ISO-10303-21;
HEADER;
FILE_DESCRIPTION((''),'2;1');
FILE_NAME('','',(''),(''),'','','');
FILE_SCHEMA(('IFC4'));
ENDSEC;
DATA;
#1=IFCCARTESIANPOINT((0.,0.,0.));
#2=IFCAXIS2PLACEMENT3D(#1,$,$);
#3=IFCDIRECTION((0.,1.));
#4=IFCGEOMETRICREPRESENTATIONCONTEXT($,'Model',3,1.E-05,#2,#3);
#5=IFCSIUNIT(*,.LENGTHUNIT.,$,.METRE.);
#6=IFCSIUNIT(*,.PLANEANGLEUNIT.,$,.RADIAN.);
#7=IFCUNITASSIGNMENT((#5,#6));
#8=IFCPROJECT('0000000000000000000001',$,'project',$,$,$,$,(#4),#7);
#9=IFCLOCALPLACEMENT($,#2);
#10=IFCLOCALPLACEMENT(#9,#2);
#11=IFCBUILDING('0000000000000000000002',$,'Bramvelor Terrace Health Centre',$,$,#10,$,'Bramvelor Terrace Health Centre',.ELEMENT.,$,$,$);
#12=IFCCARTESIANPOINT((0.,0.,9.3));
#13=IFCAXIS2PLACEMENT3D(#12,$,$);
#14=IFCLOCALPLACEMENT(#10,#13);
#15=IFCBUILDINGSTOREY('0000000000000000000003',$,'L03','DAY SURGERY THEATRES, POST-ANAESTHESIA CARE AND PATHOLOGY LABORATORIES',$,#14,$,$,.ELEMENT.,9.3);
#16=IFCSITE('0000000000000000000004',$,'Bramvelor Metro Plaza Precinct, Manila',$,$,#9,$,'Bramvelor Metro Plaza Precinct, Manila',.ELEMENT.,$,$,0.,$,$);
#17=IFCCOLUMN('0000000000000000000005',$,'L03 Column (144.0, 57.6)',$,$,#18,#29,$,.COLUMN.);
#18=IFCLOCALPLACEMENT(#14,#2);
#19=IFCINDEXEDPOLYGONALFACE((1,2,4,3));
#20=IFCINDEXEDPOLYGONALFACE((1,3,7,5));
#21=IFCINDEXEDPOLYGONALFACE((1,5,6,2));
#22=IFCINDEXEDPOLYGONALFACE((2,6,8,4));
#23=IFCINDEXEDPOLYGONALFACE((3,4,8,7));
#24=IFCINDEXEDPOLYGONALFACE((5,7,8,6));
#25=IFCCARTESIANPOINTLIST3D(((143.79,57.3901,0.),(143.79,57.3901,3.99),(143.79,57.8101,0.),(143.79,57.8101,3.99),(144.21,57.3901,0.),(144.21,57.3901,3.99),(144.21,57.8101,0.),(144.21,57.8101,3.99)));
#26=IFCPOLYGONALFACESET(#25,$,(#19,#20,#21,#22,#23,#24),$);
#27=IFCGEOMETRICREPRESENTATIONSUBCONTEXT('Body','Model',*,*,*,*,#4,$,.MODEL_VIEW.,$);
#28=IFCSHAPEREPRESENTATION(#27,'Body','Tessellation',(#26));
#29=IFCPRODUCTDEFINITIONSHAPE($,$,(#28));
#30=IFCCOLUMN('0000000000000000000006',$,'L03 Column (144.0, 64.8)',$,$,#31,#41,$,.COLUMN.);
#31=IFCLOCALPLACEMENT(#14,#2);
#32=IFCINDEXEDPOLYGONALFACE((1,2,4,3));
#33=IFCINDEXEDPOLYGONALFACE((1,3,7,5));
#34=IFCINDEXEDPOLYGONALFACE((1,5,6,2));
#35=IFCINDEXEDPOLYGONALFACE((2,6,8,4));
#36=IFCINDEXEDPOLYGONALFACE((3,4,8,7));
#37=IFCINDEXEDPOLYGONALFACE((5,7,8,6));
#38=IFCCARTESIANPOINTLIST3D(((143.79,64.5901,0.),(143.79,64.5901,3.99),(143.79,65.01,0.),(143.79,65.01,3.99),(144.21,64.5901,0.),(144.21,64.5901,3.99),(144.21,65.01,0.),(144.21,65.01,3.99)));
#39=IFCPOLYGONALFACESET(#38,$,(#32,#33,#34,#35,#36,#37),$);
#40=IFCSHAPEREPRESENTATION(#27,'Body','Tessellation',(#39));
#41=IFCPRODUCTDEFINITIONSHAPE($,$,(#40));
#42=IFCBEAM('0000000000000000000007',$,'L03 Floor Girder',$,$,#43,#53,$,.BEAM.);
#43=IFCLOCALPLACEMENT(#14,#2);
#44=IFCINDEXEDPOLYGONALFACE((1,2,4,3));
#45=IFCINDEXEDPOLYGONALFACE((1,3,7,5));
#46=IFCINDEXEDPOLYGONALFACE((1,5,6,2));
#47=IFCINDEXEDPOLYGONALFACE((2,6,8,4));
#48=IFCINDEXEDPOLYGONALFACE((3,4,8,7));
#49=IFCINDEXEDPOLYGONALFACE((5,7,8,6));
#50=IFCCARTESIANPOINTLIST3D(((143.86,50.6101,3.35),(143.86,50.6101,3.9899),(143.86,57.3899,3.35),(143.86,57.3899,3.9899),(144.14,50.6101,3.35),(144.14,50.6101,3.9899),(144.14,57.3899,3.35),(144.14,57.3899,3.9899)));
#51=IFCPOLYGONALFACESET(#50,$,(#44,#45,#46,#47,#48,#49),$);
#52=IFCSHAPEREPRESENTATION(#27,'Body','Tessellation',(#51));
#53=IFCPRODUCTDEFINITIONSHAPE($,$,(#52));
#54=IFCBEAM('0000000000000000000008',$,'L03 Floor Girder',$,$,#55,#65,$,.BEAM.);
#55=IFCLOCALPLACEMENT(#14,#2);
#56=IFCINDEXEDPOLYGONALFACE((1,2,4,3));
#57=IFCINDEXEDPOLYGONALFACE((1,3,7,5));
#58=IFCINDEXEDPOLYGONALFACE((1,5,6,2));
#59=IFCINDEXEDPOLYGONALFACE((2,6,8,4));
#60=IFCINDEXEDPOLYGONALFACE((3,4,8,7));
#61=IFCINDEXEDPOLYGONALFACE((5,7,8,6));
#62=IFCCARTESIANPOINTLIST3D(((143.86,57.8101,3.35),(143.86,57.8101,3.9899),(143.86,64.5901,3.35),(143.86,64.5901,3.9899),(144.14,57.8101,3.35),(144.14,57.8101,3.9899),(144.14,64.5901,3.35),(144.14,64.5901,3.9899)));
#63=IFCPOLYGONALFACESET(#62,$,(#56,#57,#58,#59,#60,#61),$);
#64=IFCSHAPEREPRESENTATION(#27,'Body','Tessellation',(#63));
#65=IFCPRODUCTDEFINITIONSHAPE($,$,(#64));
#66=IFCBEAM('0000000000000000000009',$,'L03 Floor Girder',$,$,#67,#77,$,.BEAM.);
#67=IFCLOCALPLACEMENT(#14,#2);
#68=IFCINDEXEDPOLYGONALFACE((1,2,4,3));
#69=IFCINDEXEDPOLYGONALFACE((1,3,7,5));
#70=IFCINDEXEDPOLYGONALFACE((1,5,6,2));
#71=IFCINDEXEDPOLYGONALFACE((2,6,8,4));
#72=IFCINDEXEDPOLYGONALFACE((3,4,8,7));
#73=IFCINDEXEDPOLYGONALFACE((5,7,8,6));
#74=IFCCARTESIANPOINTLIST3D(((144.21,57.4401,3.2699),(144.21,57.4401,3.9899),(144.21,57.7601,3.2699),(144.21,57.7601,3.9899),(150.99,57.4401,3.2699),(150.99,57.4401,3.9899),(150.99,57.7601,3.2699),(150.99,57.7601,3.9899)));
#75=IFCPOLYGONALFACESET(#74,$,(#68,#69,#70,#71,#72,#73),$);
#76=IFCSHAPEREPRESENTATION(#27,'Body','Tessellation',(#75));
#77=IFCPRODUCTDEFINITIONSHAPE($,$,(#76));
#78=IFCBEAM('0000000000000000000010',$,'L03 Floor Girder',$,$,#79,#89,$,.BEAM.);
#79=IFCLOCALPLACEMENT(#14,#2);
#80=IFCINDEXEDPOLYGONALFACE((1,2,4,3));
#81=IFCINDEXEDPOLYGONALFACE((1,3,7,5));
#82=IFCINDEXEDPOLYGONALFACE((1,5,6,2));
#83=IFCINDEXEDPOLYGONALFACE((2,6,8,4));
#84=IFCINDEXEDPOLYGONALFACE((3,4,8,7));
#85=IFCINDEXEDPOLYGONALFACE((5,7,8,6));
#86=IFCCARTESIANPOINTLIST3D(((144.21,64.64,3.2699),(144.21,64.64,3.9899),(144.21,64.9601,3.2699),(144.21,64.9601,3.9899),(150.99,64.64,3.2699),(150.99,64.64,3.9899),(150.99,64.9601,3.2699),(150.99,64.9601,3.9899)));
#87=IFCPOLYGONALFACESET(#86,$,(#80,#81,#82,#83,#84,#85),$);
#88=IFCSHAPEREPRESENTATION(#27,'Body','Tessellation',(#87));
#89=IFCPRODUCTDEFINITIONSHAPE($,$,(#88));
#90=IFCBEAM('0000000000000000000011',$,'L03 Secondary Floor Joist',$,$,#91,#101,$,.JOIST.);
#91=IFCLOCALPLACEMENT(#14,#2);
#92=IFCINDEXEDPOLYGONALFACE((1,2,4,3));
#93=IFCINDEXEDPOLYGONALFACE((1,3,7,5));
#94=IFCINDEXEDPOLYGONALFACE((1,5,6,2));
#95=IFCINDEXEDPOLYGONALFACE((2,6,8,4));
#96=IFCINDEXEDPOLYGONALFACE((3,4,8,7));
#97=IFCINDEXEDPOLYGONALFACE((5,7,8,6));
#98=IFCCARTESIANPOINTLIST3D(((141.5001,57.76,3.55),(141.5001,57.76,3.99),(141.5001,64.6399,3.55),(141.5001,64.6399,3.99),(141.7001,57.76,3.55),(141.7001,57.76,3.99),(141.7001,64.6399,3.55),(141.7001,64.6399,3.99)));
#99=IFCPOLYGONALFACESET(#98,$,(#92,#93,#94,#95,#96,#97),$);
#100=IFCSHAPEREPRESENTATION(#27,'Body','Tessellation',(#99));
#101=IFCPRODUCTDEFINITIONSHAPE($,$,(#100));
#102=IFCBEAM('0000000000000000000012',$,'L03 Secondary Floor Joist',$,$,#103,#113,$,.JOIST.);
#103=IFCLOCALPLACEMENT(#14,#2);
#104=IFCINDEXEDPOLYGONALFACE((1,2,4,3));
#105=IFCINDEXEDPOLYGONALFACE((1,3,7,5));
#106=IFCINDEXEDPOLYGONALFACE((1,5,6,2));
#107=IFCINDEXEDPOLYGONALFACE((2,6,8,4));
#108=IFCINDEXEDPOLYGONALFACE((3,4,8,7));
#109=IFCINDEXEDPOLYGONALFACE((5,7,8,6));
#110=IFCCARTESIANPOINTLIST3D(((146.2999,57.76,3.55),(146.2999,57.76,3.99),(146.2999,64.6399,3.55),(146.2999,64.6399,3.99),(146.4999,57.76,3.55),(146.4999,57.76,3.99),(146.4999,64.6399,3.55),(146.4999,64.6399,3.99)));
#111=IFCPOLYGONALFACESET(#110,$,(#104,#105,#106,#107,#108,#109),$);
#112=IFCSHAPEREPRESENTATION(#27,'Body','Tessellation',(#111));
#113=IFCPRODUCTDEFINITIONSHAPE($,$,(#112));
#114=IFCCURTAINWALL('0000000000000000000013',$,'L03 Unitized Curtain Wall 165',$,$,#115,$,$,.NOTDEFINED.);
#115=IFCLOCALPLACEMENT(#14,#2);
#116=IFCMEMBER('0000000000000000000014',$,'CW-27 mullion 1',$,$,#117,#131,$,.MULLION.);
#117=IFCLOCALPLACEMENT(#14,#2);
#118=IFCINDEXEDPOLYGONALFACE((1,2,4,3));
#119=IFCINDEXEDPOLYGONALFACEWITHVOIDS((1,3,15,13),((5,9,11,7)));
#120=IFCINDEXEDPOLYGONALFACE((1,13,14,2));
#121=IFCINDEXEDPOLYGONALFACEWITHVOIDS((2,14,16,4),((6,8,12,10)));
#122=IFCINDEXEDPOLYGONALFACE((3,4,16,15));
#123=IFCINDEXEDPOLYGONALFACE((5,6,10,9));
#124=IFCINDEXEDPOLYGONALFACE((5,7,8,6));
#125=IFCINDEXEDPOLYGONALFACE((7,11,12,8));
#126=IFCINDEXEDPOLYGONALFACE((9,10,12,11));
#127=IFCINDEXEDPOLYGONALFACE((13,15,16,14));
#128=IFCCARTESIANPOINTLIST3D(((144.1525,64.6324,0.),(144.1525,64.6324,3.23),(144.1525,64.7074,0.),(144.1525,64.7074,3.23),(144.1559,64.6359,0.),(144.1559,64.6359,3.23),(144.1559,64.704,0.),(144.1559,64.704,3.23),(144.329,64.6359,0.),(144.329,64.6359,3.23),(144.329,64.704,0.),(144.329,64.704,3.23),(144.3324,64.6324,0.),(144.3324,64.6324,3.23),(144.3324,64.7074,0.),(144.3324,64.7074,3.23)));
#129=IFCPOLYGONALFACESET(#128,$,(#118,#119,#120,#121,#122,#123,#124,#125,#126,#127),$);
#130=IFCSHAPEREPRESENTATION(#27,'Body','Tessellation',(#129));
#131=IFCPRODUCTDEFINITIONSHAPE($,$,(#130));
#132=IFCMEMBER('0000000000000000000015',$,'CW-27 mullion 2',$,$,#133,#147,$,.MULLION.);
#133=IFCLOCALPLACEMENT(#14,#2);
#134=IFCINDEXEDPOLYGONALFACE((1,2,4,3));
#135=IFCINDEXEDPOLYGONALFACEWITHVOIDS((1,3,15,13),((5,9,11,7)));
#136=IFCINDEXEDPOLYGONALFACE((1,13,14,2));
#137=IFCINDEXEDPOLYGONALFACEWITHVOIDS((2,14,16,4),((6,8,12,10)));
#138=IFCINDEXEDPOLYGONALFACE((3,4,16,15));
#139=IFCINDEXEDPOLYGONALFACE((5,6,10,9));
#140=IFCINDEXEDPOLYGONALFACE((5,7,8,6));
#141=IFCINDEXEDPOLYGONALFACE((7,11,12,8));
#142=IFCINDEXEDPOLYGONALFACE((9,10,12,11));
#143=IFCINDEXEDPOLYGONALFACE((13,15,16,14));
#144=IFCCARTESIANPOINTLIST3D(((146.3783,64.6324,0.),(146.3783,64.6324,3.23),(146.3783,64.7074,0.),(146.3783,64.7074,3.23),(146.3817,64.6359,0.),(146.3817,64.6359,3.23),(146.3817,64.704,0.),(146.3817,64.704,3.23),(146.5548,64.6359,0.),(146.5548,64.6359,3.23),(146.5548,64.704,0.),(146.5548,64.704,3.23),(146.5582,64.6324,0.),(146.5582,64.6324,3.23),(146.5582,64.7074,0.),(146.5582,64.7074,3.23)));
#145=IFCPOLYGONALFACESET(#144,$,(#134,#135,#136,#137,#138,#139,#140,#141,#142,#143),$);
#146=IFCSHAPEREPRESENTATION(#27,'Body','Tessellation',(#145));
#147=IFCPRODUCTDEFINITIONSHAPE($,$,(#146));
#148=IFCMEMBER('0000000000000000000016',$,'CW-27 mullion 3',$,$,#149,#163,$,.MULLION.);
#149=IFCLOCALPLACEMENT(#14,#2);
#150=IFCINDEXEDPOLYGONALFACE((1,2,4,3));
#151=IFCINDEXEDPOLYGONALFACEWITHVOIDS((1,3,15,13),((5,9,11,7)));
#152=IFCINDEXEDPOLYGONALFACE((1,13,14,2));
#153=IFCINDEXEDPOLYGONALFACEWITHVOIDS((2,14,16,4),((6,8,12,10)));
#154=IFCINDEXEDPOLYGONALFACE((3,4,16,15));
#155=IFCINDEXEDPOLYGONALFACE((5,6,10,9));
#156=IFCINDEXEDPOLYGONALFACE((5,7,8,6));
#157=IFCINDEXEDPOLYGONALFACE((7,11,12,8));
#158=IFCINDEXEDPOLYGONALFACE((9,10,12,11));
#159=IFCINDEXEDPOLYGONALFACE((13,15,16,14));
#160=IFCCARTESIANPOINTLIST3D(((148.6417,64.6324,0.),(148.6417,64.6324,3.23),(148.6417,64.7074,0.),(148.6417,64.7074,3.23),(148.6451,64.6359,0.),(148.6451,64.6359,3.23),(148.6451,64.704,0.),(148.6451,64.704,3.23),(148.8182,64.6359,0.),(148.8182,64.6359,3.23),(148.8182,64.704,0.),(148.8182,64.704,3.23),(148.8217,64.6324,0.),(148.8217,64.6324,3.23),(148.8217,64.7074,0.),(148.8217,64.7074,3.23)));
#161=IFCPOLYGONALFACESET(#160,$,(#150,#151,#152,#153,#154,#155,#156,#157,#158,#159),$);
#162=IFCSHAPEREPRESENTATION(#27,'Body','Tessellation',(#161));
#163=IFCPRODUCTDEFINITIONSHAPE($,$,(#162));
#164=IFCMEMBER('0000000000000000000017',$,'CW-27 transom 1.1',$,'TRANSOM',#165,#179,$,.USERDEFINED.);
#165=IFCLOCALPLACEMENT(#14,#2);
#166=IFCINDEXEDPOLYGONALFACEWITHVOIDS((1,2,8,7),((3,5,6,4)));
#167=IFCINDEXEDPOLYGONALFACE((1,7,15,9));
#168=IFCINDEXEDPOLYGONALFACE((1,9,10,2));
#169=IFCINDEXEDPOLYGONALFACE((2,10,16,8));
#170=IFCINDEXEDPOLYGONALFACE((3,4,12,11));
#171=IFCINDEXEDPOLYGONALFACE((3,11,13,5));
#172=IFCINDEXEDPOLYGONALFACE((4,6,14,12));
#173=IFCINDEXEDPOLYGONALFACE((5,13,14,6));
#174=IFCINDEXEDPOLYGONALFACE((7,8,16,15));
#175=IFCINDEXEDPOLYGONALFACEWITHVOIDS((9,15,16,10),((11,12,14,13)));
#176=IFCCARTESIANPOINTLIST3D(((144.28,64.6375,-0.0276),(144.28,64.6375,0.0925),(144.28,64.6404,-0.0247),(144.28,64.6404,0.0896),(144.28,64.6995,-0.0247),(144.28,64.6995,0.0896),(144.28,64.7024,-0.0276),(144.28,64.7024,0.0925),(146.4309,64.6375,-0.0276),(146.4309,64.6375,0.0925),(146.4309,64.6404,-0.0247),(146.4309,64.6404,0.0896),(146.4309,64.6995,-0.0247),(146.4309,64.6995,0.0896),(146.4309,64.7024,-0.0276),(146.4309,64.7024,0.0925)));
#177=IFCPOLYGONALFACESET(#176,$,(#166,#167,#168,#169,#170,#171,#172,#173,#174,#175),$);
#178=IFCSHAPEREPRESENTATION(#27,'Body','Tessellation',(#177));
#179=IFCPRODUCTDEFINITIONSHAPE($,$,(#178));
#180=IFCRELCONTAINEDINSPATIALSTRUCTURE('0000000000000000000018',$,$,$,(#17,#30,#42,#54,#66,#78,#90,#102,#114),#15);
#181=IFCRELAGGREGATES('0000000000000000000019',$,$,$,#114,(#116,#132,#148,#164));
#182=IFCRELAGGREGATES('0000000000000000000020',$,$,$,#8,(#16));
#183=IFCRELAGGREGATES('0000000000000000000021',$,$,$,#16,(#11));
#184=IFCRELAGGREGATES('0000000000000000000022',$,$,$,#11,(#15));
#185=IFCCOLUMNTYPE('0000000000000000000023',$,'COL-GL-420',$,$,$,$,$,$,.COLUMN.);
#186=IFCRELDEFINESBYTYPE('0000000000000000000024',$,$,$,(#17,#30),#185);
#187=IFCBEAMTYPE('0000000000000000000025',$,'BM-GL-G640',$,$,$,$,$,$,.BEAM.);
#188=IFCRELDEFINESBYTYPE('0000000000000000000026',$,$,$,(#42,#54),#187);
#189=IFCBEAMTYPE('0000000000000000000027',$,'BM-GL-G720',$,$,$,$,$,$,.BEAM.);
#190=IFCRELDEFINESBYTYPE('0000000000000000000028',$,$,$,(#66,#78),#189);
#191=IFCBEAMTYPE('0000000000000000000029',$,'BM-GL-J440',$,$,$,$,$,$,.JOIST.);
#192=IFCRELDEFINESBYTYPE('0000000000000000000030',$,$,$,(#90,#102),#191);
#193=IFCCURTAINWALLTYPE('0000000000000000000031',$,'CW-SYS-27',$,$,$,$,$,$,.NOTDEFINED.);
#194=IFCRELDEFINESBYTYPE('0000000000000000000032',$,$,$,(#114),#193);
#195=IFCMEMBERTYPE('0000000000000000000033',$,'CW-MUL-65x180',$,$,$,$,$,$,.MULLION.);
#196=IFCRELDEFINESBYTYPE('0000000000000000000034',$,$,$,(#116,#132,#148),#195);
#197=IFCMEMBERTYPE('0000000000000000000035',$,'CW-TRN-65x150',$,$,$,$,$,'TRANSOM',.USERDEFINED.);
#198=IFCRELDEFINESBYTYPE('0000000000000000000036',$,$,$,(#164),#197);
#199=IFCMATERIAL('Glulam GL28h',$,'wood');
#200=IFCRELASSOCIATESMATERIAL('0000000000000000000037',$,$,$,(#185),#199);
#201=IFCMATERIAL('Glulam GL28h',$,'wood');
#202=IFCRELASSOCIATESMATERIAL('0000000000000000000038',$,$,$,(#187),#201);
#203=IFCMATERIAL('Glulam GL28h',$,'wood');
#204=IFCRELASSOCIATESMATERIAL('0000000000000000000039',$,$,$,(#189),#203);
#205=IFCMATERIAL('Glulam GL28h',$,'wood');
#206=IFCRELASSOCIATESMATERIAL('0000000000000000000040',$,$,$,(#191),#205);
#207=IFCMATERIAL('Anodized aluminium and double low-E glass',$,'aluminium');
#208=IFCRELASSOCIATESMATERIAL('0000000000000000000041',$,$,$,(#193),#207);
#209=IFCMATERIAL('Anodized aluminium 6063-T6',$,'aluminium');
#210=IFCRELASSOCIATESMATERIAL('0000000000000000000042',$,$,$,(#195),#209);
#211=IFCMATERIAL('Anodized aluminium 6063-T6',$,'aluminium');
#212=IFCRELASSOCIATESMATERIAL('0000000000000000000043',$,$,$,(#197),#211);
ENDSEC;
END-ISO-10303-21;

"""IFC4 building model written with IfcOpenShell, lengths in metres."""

from ifc_helpers import new_model, si_unit, direction, frame, origin, origin_2d, place, context, subcontext, project, spatial, rectangle, hollow_rectangle, extrude, material, material_profile, profile_set, type_object, element, aggregate, save


model = new_model("IFC4")

# Units and contexts
model_context = context("Model", 3, precision=1e-05, world=origin(), true_north=direction((0.0, 1.0)))
body_context = subcontext(model_context, "Body", "Model", "MODEL_VIEW")
ifc_project = project(units=[si_unit("LENGTHUNIT", "METRE"), si_unit("PLANEANGLEUNIT", "RADIAN")], contexts=[model_context])

# Site, building, storey
site_placement = place(None, origin())
site = spatial("IfcSite", under=ifc_project, at=site_placement, Name="Bramvelor Metro Plaza Precinct, Manila", LongName="Bramvelor Metro Plaza Precinct, Manila", CompositionType="ELEMENT", RefElevation=0.0)
building_placement = place(site_placement, origin())
building = spatial("IfcBuilding", under=site, at=building_placement, Name="Bramvelor Terrace Health Centre", LongName="Bramvelor Terrace Health Centre", CompositionType="ELEMENT")
storey_placement = place(building_placement, frame((0.0, 0.0, 9.3)))
storey = spatial("IfcBuildingStorey", under=building, at=storey_placement, Name="L03", Description="DAY SURGERY THEATRES, POST-ANAESTHESIA CARE AND PATHOLOGY LABORATORIES", CompositionType="ELEMENT", Elevation=9.3)

# Columns
ifc_material_1 = material(Name="Glulam GL28h", Category="wood")
ifc_material_profile_1 = material_profile(ifc_material_1, rectangle(XDim=0.4199, YDim=0.4199, at=origin_2d()), Name="GL 420x420")
ifc_profile_set_1 = profile_set([ifc_material_profile_1], Name="Glulam GL28h")
column_type = type_object("IfcColumnType", Name="COL-GL-420", PredefinedType="COLUMN", material=ifc_profile_set_1)
for number, where, z_axis, x_axis, name in (
    (1, (144.0, 57.6001, 0.0), (0.0, 0.0, 1.0), (1.0, 0.0, 0.0), "L03 Column (144.0, 57.6)"),
    (2, (144.0, 64.8, 0.0), (0.0, 0.0, 1.0), (1.0, 0.0, 0.0), "L03 Column (144.0, 64.8)"),
):
    element("IfcColumn", number, at=place(storey_placement, frame(where, z_axis=z_axis, x_axis=x_axis)), inside=storey, type_object=column_type, Name=name, PredefinedType="COLUMN", context=body_context, shape_type="SweptSolid", body=[
        extrude(rectangle(XDim=0.4199, YDim=0.4199, at=origin_2d()), origin(), (0.0, 0.0, 1.0), 3.99),
    ])

# Beams
ifc_material_2 = material(Name="Glulam GL28h", Category="wood")
ifc_material_profile_2 = material_profile(ifc_material_2, rectangle(XDim=0.28, YDim=0.6399, at=origin_2d()), Name="GL 280x640")
ifc_profile_set_2 = profile_set([ifc_material_profile_2], Name="Glulam GL28h")
beam_type_1 = type_object("IfcBeamType", Name="BM-GL-G640", PredefinedType="BEAM", material=ifc_profile_set_2)
beam_1_placement = place(storey_placement, frame((144.0, 50.6101, 3.6699), z_axis=(0.0, 1.0, 0.0), x_axis=(-1.0, 0.0, 0.0)))
element("IfcBeam", 3, at=beam_1_placement, inside=storey, type_object=beam_type_1, Name="L03 Floor Girder", PredefinedType="BEAM", context=body_context, shape_type="SweptSolid", body=[
    extrude(rectangle(XDim=0.28, YDim=0.6399, at=origin_2d()), origin(), (0.0, 0.0, 1.0), 6.7798),
])
beam_2_placement = place(storey_placement, frame((144.0, 57.8101, 3.6699), z_axis=(0.0, 1.0, 0.0), x_axis=(-1.0, 0.0, 0.0)))
element("IfcBeam", 4, at=beam_2_placement, inside=storey, type_object=beam_type_1, Name="L03 Floor Girder", PredefinedType="BEAM", context=body_context, shape_type="SweptSolid", body=[
    extrude(rectangle(XDim=0.28, YDim=0.6399, at=origin_2d()), origin(), (0.0, 0.0, 1.0), 6.78),
])
ifc_material_3 = material(Name="Glulam GL28h", Category="wood")
ifc_material_profile_3 = material_profile(ifc_material_3, rectangle(XDim=0.3201, YDim=0.72, at=origin_2d()), Name="GL 320x720")
ifc_profile_set_3 = profile_set([ifc_material_profile_3], Name="Glulam GL28h")
beam_type_2 = type_object("IfcBeamType", Name="BM-GL-G720", PredefinedType="BEAM", material=ifc_profile_set_3)
for number, where, z_axis, x_axis, name in (
    (5, (144.21, 57.6001, 3.6299), (1.0, 0.0, 0.0), (0.0, 1.0, 0.0), "L03 Floor Girder"),
    (6, (144.21, 64.8, 3.6299), (1.0, 0.0, 0.0), (0.0, 1.0, 0.0), "L03 Floor Girder"),
):
    element("IfcBeam", number, at=place(storey_placement, frame(where, z_axis=z_axis, x_axis=x_axis)), inside=storey, type_object=beam_type_2, Name=name, PredefinedType="BEAM", context=body_context, shape_type="SweptSolid", body=[
        extrude(rectangle(XDim=0.3201, YDim=0.72, at=origin_2d()), origin(), (0.0, 0.0, 1.0), 6.78),
    ])
ifc_material_4 = material(Name="Glulam GL28h", Category="wood")
ifc_material_profile_4 = material_profile(ifc_material_4, rectangle(XDim=0.2, YDim=0.4399, at=origin_2d()), Name="GL 200x440")
ifc_profile_set_4 = profile_set([ifc_material_profile_4], Name="Glulam GL28h")
beam_type_3 = type_object("IfcBeamType", Name="BM-GL-J440", PredefinedType="JOIST", material=ifc_profile_set_4)
for number, where, z_axis, x_axis, name in (
    (7, (141.6001, 57.76, 3.77), (0.0, 1.0, 0.0), (-1.0, 0.0, 0.0), "L03 Secondary Floor Joist"),
    (8, (146.3999, 57.76, 3.77), (0.0, 1.0, 0.0), (-1.0, 0.0, 0.0), "L03 Secondary Floor Joist"),
):
    element("IfcBeam", number, at=place(storey_placement, frame(where, z_axis=z_axis, x_axis=x_axis)), inside=storey, type_object=beam_type_3, Name=name, PredefinedType="JOIST", context=body_context, shape_type="SweptSolid", body=[
        extrude(rectangle(XDim=0.2, YDim=0.4399, at=origin_2d()), origin(), (0.0, 0.0, 1.0), 6.8799),
    ])

# Curtain wall, members
ifc_material_5 = material(Name="Anodized aluminium and double low-E glass", Category="aluminium")
curtain_wall_type = type_object("IfcCurtainWallType", Name="CW-SYS-27", PredefinedType="NOTDEFINED", material=ifc_material_5)
curtain_wall_placement = place(storey_placement, origin())
curtain_wall = element("IfcCurtainWall", 9, at=curtain_wall_placement, inside=storey, type_object=curtain_wall_type, Name="L03 Unitized Curtain Wall 165", PredefinedType="NOTDEFINED")
ifc_material_6 = material(Name="Anodized aluminium 6063-T6", Category="aluminium")
ifc_material_profile_5 = material_profile(ifc_material_6, hollow_rectangle(XDim=0.075, YDim=0.1799, WallThickness=0.0034, at=origin_2d()), Name="ALU-MUL 75x180x3.5")
ifc_profile_set_5 = profile_set([ifc_material_profile_5], Name="Anodized aluminium 6063-T6")
member_type_1 = type_object("IfcMemberType", Name="CW-MUL-65x180", PredefinedType="MULLION", material=ifc_profile_set_5)
member_1_placement = place(storey_placement, frame((144.2424, 64.6699, 0.0), z_axis=(0.0, 0.0, 1.0), x_axis=(0.0, 1.0, 0.0)))
member_1 = element("IfcMember", 10, at=member_1_placement, type_object=member_type_1, Name="CW-27 mullion 1", PredefinedType="MULLION", context=body_context, shape_type="SweptSolid", body=[
    extrude(hollow_rectangle(XDim=0.075, YDim=0.1799, WallThickness=0.0034, at=origin_2d()), origin(), (0.0, 0.0, 1.0), 3.23),
])
member_2_placement = place(storey_placement, frame((146.4683, 64.6699, 0.0), z_axis=(0.0, 0.0, 1.0), x_axis=(0.0, 1.0, 0.0)))
member_2 = element("IfcMember", 11, at=member_2_placement, type_object=member_type_1, Name="CW-27 mullion 2", PredefinedType="MULLION", context=body_context, shape_type="SweptSolid", body=[
    extrude(hollow_rectangle(XDim=0.075, YDim=0.1799, WallThickness=0.0034, at=origin_2d()), origin(), (0.0, 0.0, 1.0), 3.23),
])
member_3_placement = place(storey_placement, frame((148.7317, 64.6699, 0.0), z_axis=(0.0, 0.0, 1.0), x_axis=(0.0, 1.0, 0.0)))
member_3 = element("IfcMember", 12, at=member_3_placement, type_object=member_type_1, Name="CW-27 mullion 3", PredefinedType="MULLION", context=body_context, shape_type="SweptSolid", body=[
    extrude(hollow_rectangle(XDim=0.075, YDim=0.1799, WallThickness=0.0034, at=origin_2d()), origin(), (0.0, 0.0, 1.0), 3.23),
])
ifc_material_7 = material(Name="Anodized aluminium 6063-T6", Category="aluminium")
ifc_material_profile_6 = material_profile(ifc_material_7, hollow_rectangle(XDim=0.0649, YDim=0.1201, WallThickness=0.0029, at=origin_2d()), Name="ALU-TRN 65x120x3.0")
ifc_profile_set_6 = profile_set([ifc_material_profile_6], Name="Anodized aluminium 6063-T6")
member_type_2 = type_object("IfcMemberType", Name="CW-TRN-65x150", ElementType="TRANSOM", PredefinedType="USERDEFINED", material=ifc_profile_set_6)
member_4_placement = place(storey_placement, frame((144.28, 64.6699, 0.0325), z_axis=(1.0, 0.0, 0.0), x_axis=(0.0, 1.0, 0.0)))
member_4 = element("IfcMember", 13, at=member_4_placement, type_object=member_type_2, Name="CW-27 transom 1.1", ObjectType="TRANSOM", PredefinedType="USERDEFINED", context=body_context, shape_type="SweptSolid", body=[
    extrude(hollow_rectangle(XDim=0.0649, YDim=0.1201, WallThickness=0.0029, at=origin_2d()), origin(), (0.0, 0.0, 1.0), 2.1509),
])
aggregate(curtain_wall, [member_1, member_2, member_3, member_4])

save(model, "model.ifc")
